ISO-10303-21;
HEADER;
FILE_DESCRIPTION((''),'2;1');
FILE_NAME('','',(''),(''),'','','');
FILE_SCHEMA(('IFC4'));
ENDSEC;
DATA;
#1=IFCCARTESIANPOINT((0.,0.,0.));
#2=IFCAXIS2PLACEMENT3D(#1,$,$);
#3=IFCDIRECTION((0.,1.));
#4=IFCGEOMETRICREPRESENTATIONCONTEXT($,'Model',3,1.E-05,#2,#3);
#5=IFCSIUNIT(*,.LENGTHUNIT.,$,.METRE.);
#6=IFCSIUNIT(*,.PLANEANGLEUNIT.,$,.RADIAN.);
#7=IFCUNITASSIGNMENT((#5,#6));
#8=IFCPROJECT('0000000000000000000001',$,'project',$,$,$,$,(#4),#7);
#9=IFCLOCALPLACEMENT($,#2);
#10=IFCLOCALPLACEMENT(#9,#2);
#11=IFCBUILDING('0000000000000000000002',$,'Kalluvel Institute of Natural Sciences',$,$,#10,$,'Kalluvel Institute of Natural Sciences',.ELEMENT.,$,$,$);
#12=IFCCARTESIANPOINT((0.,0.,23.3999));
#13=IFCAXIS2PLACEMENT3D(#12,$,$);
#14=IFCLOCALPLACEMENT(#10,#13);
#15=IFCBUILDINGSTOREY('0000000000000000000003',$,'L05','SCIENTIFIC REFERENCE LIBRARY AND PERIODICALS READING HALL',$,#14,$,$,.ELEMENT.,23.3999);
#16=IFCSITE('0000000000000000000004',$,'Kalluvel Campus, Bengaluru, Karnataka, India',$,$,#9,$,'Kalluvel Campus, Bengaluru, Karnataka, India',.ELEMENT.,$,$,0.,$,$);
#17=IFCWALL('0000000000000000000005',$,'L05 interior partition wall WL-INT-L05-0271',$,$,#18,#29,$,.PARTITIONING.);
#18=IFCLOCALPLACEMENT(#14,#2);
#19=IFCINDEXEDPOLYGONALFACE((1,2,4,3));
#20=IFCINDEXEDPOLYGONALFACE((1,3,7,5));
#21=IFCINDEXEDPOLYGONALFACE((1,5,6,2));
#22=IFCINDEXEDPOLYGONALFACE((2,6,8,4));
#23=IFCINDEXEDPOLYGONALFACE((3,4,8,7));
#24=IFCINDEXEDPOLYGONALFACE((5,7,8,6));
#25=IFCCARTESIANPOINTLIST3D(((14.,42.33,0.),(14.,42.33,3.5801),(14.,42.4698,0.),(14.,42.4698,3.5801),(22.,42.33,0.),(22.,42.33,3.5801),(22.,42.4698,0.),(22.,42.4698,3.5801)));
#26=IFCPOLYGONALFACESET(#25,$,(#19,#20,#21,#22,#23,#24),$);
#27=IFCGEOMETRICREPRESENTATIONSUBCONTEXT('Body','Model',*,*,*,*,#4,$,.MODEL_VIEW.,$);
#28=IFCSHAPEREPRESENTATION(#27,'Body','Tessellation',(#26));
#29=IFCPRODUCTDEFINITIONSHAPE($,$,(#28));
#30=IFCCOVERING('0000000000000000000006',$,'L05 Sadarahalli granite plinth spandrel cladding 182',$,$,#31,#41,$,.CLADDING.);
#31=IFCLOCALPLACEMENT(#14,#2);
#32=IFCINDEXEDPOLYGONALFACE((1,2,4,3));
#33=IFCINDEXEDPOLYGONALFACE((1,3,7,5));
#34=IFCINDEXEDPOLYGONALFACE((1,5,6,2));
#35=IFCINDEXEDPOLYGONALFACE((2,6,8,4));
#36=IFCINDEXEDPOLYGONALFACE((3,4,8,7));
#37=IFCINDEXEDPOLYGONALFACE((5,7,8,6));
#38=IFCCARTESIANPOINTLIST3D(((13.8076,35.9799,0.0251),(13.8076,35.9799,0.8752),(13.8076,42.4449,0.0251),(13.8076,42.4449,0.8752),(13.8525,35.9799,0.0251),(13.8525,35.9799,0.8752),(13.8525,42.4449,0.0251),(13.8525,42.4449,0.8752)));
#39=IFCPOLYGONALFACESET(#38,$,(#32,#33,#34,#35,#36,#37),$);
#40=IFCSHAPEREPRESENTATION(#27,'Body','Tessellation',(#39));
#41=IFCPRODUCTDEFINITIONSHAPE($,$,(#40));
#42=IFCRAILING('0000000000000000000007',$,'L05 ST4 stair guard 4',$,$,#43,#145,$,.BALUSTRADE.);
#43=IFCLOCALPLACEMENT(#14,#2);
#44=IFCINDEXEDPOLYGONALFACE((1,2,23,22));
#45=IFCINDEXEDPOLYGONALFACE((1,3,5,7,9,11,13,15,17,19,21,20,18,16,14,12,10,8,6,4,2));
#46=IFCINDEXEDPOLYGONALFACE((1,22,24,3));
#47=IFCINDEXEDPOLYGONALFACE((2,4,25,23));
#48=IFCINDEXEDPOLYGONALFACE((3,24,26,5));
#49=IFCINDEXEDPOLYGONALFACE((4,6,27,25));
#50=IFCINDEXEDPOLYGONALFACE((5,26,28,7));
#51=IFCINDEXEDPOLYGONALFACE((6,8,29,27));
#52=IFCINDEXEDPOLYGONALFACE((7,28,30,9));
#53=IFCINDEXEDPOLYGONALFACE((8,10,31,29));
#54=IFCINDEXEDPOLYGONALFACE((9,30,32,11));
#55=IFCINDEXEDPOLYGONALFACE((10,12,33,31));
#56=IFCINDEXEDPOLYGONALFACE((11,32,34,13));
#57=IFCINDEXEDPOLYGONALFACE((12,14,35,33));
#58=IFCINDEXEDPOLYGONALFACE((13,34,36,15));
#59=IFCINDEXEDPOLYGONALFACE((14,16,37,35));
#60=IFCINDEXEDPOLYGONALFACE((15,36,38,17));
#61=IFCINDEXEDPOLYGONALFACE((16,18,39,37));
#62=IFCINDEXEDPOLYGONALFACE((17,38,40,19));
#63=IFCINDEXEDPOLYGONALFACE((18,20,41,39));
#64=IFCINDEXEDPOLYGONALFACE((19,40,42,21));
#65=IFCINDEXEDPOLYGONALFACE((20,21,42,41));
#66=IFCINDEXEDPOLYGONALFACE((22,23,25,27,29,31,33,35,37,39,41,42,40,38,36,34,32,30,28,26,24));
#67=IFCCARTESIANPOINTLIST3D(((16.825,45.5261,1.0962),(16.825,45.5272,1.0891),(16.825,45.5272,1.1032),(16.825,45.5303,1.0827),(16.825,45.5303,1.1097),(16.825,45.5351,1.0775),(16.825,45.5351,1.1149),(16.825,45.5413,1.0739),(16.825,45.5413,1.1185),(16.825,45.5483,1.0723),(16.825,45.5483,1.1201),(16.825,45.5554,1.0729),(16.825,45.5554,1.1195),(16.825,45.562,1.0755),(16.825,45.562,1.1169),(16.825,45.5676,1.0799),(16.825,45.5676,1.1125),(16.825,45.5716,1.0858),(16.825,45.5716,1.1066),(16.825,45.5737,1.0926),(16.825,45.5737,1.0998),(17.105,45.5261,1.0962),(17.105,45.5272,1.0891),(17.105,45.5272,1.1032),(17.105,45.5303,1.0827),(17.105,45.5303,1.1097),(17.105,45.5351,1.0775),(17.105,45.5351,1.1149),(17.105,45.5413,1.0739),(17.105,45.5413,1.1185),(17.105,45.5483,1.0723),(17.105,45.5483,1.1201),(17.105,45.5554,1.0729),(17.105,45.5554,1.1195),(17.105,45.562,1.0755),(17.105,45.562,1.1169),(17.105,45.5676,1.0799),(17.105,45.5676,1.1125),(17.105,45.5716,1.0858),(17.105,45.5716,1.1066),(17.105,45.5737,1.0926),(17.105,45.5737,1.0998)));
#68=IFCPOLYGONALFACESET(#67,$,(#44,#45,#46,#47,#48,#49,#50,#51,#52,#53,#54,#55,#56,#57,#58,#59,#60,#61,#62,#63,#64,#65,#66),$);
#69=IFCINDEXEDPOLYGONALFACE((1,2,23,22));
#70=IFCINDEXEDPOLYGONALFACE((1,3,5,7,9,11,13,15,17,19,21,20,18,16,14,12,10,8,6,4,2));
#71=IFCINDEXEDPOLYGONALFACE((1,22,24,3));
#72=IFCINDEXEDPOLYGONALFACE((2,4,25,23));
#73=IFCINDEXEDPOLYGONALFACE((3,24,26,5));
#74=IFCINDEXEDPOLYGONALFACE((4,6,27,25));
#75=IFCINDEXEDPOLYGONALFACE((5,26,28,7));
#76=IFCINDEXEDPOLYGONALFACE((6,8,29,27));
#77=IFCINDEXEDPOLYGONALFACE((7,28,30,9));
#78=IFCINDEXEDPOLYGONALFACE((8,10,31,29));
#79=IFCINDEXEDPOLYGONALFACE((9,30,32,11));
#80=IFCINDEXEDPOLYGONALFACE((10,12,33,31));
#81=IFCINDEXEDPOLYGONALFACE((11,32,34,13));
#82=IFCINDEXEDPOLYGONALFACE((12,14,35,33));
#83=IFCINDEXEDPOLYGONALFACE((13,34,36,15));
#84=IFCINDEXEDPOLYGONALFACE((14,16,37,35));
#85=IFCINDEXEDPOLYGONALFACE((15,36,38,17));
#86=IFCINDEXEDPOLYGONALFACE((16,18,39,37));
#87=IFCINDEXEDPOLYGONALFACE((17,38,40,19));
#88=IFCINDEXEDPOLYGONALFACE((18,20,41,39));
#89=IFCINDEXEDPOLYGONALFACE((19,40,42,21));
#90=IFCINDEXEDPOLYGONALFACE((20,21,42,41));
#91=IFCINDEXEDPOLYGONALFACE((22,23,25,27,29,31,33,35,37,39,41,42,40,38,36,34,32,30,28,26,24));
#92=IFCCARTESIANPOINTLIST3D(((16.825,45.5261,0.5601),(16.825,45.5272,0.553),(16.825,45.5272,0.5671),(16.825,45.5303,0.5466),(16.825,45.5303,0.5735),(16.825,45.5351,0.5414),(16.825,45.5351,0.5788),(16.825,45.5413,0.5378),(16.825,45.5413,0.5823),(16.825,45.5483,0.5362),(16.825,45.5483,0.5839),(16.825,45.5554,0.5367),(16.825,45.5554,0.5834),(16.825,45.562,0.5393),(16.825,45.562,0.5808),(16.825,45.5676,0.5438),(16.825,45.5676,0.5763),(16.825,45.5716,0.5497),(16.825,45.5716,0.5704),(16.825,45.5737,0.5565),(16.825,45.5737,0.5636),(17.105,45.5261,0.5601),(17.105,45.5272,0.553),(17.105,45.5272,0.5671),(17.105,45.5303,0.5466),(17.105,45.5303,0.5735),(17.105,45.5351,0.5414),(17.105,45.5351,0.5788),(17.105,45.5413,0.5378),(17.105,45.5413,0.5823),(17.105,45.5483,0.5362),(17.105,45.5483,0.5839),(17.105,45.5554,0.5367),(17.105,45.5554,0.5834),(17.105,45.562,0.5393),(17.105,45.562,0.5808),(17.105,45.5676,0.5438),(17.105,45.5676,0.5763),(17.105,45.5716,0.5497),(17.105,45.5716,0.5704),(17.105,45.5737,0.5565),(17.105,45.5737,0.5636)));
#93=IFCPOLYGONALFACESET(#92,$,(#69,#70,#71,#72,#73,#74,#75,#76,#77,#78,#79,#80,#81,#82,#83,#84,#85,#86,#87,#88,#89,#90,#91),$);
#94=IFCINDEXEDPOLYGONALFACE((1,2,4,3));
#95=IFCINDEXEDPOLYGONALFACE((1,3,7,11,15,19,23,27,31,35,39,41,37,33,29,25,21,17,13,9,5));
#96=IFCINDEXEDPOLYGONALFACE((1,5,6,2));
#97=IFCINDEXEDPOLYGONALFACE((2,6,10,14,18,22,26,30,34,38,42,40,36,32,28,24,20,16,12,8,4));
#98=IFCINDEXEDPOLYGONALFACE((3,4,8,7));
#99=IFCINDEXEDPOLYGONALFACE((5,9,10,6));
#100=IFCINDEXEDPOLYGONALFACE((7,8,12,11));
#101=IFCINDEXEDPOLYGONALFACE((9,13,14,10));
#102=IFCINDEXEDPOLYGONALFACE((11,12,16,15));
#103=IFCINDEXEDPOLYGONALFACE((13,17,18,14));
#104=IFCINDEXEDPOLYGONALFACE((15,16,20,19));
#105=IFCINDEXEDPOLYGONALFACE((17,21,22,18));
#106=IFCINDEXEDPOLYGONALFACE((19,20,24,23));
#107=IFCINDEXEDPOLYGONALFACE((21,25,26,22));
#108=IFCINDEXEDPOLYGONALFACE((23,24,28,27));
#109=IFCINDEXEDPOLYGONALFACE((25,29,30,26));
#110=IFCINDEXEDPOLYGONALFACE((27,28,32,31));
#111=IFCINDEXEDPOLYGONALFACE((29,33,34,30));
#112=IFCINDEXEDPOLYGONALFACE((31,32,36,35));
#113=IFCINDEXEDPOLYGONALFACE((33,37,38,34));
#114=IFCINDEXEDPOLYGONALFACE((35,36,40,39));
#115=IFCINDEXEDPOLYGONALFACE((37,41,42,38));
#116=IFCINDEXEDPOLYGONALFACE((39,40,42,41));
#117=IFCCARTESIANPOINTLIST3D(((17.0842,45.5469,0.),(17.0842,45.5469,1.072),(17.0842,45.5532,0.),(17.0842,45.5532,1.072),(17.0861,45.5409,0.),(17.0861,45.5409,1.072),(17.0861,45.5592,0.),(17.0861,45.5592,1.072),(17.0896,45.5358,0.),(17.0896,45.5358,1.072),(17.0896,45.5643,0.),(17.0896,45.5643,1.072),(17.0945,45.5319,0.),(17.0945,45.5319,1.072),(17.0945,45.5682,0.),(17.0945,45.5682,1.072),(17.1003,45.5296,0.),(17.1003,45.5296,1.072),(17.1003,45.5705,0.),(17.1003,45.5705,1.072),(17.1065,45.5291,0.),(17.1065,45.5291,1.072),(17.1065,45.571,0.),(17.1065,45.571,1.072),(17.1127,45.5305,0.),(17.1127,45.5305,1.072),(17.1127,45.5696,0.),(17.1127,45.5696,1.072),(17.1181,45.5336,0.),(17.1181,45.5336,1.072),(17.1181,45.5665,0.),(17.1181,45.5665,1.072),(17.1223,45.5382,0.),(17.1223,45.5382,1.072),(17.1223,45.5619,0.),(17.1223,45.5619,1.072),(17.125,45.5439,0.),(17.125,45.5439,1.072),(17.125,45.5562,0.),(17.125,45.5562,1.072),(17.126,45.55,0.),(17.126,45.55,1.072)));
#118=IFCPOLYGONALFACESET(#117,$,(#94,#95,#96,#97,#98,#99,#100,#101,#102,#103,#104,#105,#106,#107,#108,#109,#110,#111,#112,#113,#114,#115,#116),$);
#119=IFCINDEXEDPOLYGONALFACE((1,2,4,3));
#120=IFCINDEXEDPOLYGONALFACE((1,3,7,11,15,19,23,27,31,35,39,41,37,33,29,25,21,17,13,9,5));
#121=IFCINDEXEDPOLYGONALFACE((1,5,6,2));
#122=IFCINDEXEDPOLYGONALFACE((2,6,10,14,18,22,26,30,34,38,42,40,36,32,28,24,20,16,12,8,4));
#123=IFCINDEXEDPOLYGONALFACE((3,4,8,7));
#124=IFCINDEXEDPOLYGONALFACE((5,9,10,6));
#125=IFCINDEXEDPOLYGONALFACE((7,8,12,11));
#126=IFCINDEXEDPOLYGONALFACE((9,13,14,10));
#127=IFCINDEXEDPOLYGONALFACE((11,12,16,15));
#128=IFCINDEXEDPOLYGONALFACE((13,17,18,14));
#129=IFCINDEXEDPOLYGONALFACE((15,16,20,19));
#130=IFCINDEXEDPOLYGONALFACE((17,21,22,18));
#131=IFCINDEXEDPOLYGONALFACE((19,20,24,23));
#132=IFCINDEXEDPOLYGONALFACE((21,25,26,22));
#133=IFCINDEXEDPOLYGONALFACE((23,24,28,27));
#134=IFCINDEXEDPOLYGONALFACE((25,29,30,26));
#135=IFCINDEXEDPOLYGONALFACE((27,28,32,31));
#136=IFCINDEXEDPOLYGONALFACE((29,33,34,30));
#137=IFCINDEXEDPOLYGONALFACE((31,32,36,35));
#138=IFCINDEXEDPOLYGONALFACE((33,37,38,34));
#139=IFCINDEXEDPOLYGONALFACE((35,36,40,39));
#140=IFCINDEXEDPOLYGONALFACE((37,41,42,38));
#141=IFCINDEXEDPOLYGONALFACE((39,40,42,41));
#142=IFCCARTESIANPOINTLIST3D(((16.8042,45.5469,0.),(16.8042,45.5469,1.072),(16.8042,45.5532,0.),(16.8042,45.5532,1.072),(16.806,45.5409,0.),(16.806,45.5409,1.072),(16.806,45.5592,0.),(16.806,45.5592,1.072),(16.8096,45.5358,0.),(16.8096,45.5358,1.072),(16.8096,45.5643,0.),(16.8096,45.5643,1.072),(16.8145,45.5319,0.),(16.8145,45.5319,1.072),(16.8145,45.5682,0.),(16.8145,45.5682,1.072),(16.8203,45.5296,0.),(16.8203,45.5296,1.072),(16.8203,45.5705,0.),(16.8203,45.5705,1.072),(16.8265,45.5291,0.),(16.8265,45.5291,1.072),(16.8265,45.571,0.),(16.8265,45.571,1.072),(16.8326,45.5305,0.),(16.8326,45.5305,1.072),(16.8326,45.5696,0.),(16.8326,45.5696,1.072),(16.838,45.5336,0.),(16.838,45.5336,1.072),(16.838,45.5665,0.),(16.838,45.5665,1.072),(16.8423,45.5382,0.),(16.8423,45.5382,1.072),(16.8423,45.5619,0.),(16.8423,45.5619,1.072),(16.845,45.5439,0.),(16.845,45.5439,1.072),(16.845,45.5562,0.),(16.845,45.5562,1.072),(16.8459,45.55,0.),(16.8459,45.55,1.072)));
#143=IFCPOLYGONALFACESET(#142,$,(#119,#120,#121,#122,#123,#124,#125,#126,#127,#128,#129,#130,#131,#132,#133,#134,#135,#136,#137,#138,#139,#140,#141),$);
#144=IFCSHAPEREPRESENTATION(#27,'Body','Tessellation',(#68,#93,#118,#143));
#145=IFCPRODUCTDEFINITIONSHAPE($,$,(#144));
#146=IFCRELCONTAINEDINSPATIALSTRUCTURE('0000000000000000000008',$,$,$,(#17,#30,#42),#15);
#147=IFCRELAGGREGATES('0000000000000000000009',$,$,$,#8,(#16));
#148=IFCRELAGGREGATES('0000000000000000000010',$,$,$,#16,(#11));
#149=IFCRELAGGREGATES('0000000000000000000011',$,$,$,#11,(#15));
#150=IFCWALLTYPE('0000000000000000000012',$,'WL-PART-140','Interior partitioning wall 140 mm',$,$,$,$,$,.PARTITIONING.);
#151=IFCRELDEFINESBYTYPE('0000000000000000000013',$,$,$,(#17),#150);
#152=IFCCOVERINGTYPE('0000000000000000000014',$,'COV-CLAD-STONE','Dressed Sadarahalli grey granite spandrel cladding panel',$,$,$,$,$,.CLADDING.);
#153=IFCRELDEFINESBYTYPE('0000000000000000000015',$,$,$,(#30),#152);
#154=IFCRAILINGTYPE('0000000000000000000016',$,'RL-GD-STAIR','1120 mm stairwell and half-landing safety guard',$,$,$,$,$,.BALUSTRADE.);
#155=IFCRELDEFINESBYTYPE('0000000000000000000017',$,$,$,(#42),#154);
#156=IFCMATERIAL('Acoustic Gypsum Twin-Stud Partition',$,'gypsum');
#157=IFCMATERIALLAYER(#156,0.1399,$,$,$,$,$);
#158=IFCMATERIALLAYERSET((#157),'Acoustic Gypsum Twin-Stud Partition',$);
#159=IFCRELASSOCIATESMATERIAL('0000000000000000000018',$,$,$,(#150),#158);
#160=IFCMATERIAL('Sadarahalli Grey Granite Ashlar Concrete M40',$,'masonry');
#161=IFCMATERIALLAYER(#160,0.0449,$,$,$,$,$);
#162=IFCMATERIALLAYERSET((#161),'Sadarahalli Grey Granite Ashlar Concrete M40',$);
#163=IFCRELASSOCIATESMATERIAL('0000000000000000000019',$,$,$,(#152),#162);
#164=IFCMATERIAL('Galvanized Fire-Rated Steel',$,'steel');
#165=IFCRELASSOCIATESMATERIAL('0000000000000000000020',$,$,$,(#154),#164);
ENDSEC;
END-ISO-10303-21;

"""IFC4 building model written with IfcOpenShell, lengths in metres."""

from ifc_helpers import new_model, si_unit, direction, frame, frame_2d, origin, origin_2d, place, context, subcontext, project, spatial, rectangle, circle, extrude, material, layer, layer_set, type_object, element, save


model = new_model("IFC4")

# Units and contexts
model_context = context("Model", 3, precision=1e-05, world=origin(), true_north=direction((0.0, 1.0)))
body_context = subcontext(model_context, "Body", "Model", "MODEL_VIEW")
ifc_project = project(units=[si_unit("LENGTHUNIT", "METRE"), si_unit("PLANEANGLEUNIT", "RADIAN")], contexts=[model_context])

# Site, building, storey
site_placement = place(None, origin())
site = spatial("IfcSite", under=ifc_project, at=site_placement, Name="Kalluvel Campus, Bengaluru, Karnataka, India", LongName="Kalluvel Campus, Bengaluru, Karnataka, India", CompositionType="ELEMENT", RefElevation=0.0)
building_placement = place(site_placement, origin())
building = spatial("IfcBuilding", under=site, at=building_placement, Name="Kalluvel Institute of Natural Sciences", LongName="Kalluvel Institute of Natural Sciences", CompositionType="ELEMENT")
storey_placement = place(building_placement, frame((0.0, 0.0, 23.3999)))
storey = spatial("IfcBuildingStorey", under=building, at=storey_placement, Name="L05", Description="SCIENTIFIC REFERENCE LIBRARY AND PERIODICALS READING HALL", CompositionType="ELEMENT", Elevation=23.3999)

# Shared definitions
ifc_material_1 = material(Name="Galvanized Fire-Rated Steel", Category="steel")

# Wall
ifc_material_2 = material(Name="Sadarahalli Grey Granite Ashlar Concrete M40", Category="masonry")
ifc_material_3 = material(Name="Acoustic Gypsum Twin-Stud Partition", Category="gypsum")
ifc_layer_1 = layer(ifc_material_3, 0.1399)
ifc_layer_set_1 = layer_set([ifc_layer_1], Name="Acoustic Gypsum Twin-Stud Partition")
wall_type_1 = type_object("IfcWallType", Name="WL-PART-140", Description="Interior partitioning wall 140 mm", PredefinedType="PARTITIONING", material=ifc_layer_set_1)
wall_1_placement = place(storey_placement, frame((14.0, 42.3999, 0.0), z_axis=(0.0, 0.0, 1.0), x_axis=(1.0, 0.0, 0.0)))
element("IfcWall", 1, at=wall_1_placement, inside=storey, type_object=wall_type_1, Name="L05 interior partition wall WL-INT-L05-0271", PredefinedType="PARTITIONING", context=body_context, shape_type="SweptSolid", body=[
    extrude(rectangle(XDim=8.0, YDim=0.1399, at=frame_2d((4.0, 0.0))), origin(), (0.0, 0.0, 1.0), 3.5801),
])

# Covering
ifc_layer_2 = layer(ifc_material_2, 0.0449)
ifc_layer_set_2 = layer_set([ifc_layer_2], Name="Sadarahalli Grey Granite Ashlar Concrete M40")
covering_type = type_object("IfcCoveringType", Name="COV-CLAD-STONE", Description="Dressed Sadarahalli grey granite spandrel cladding panel", PredefinedType="CLADDING", material=ifc_layer_set_2)
covering_placement = place(storey_placement, frame((13.8301, 39.2124, 0.0251), z_axis=(0.0, 0.0, 1.0), x_axis=(0.0, 1.0, 0.0)))
element("IfcCovering", 2, at=covering_placement, inside=storey, type_object=covering_type, Name="L05 Sadarahalli granite plinth spandrel cladding 182", PredefinedType="CLADDING", context=body_context, shape_type="SweptSolid", body=[
    extrude(rectangle(XDim=6.4651, YDim=0.0449, at=origin_2d()), origin(), (0.0, 0.0, 1.0), 0.8501),
])

# Railing
railing_type = type_object("IfcRailingType", Name="RL-GD-STAIR", Description="1120 mm stairwell and half-landing safety guard", PredefinedType="BALUSTRADE", material=ifc_material_1)
railing_1_placement = place(storey_placement, frame((17.105, 45.55, 0.0)))
element("IfcRailing", 3, at=railing_1_placement, inside=storey, type_object=railing_type, Name="L05 ST4 stair guard 4", PredefinedType="BALUSTRADE", context=body_context, shape_type="SweptSolid", body=[
    extrude(circle(Radius=0.0239, at=origin_2d()), frame((0.0, 0.0, 1.0962), z_axis=(-1.0, 0.0, 0.0), x_axis=(0.0, -1.0, 0.0)), (0.0, 0.0, 1.0), 0.28),
    extrude(circle(Radius=0.0239, at=origin_2d()), frame((0.0, 0.0, 0.5601), z_axis=(-1.0, 0.0, 0.0), x_axis=(0.0, -1.0, 0.0)), (0.0, 0.0, 1.0), 0.28),
    extrude(circle(Radius=0.021, at=origin_2d()), origin(), (0.0, 0.0, 1.0), 1.072),
    extrude(circle(Radius=0.021, at=origin_2d()), frame((-0.28, 0.0, 0.0)), (0.0, 0.0, 1.0), 1.072),
])

save(model, "model.ifc")
